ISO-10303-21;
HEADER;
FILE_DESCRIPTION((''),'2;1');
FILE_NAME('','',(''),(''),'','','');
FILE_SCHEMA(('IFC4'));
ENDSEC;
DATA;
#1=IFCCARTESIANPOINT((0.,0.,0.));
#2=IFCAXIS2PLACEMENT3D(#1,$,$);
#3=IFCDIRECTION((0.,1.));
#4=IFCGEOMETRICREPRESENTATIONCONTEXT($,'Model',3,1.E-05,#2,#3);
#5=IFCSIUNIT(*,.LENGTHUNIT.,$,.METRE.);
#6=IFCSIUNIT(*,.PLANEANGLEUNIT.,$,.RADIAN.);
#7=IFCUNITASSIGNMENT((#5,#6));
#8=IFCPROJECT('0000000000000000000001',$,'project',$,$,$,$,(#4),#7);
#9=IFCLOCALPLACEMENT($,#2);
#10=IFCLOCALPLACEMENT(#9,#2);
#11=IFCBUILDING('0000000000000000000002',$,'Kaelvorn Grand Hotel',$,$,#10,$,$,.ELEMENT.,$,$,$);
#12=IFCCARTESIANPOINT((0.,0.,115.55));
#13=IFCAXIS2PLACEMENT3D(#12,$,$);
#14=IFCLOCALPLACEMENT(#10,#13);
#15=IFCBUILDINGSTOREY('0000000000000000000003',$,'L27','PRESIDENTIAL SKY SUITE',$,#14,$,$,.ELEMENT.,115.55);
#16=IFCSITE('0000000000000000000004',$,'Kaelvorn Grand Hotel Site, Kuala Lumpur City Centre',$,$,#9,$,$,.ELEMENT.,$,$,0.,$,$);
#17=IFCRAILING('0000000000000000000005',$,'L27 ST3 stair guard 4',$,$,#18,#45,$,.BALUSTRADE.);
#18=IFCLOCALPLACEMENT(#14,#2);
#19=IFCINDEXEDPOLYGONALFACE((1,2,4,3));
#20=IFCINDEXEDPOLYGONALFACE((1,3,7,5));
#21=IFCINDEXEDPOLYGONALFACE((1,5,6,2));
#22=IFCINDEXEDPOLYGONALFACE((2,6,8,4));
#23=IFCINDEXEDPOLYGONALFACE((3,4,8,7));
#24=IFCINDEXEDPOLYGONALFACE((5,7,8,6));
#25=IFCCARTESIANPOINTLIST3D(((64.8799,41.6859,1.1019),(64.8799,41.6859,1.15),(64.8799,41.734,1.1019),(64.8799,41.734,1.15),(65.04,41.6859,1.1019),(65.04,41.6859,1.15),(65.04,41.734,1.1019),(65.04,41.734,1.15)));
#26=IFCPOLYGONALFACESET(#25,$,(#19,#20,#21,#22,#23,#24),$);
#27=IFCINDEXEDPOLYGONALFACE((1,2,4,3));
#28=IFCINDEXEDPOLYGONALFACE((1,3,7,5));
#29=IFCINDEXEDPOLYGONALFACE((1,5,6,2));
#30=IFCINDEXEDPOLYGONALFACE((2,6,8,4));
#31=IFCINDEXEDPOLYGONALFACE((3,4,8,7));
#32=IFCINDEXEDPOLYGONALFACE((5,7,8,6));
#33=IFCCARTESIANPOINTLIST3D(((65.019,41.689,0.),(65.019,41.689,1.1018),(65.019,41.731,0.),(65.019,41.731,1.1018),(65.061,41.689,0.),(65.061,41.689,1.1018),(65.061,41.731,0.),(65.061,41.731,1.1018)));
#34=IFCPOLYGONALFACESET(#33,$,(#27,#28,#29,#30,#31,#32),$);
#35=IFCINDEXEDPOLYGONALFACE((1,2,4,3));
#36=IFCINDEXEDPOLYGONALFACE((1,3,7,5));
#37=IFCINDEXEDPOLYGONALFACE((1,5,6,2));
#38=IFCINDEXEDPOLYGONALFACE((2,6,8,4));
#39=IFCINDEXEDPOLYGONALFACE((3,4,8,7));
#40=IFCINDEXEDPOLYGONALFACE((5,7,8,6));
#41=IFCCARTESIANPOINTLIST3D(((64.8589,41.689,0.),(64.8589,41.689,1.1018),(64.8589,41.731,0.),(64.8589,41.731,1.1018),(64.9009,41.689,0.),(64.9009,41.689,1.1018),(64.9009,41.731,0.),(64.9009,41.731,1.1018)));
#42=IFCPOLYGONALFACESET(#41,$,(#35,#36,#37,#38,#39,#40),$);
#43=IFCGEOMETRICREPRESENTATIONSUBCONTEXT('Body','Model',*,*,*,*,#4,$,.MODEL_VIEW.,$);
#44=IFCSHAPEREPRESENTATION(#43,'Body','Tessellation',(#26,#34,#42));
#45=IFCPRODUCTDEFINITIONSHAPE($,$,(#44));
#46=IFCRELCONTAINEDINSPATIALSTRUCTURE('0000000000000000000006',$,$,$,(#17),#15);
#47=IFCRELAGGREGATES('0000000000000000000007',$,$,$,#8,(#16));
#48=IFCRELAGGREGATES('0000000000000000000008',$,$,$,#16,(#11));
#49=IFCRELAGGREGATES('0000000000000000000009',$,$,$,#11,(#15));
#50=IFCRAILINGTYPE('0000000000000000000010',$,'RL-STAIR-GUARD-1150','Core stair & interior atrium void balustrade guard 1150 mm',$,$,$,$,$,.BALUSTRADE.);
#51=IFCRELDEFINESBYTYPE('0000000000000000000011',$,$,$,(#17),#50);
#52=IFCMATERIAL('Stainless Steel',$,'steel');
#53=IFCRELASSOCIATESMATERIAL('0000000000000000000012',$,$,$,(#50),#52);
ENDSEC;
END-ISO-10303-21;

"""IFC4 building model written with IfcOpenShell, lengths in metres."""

from ifc_helpers import new_model, si_unit, direction, frame, origin, origin_2d, place, context, subcontext, project, spatial, rectangle, extrude, material, type_object, element, save


model = new_model("IFC4")

# Units and contexts
model_context = context("Model", 3, precision=1e-05, world=origin(), true_north=direction((0.0, 1.0)))
body_context = subcontext(model_context, "Body", "Model", "MODEL_VIEW")
ifc_project = project(units=[si_unit("LENGTHUNIT", "METRE"), si_unit("PLANEANGLEUNIT", "RADIAN")], contexts=[model_context])

# Site, building, storey
site_placement = place(None, origin())
site = spatial("IfcSite", under=ifc_project, at=site_placement, Name="Kaelvorn Grand Hotel Site, Kuala Lumpur City Centre", CompositionType="ELEMENT", RefElevation=0.0)
building_placement = place(site_placement, origin())
building = spatial("IfcBuilding", under=site, at=building_placement, Name="Kaelvorn Grand Hotel", CompositionType="ELEMENT")
storey_placement = place(building_placement, frame((0.0, 0.0, 115.55)))
storey = spatial("IfcBuildingStorey", under=building, at=storey_placement, Name="L27", Description="PRESIDENTIAL SKY SUITE", CompositionType="ELEMENT", Elevation=115.55)

# Shared definitions
ifc_material_1 = material(Name="Stainless Steel", Category="steel")

# Railing
railing_type_1 = type_object("IfcRailingType", Name="RL-STAIR-GUARD-1150", Description="Core stair & interior atrium void balustrade guard 1150 mm", PredefinedType="BALUSTRADE", material=ifc_material_1)
railing_1_placement = place(storey_placement, frame((65.04, 41.71, 0.0)))
element("IfcRailing", 1, at=railing_1_placement, inside=storey, type_object=railing_type_1, Name="L27 ST3 stair guard 4", PredefinedType="BALUSTRADE", context=body_context, shape_type="SweptSolid", body=[
    extrude(rectangle(XDim=0.0481, YDim=0.0481, at=origin_2d()), frame((0.0, 0.0, 1.126), z_axis=(-1.0, 0.0, 0.0), x_axis=(0.0, -1.0, 0.0)), (0.0, 0.0, 1.0), 0.1602),
    extrude(rectangle(XDim=0.042, YDim=0.042, at=origin_2d()), origin(), (0.0, 0.0, 1.0), 1.1018),
    extrude(rectangle(XDim=0.042, YDim=0.042, at=origin_2d()), frame((-0.1602, 0.0, 0.0)), (0.0, 0.0, 1.0), 1.1018),
])

save(model, "model.ifc")
